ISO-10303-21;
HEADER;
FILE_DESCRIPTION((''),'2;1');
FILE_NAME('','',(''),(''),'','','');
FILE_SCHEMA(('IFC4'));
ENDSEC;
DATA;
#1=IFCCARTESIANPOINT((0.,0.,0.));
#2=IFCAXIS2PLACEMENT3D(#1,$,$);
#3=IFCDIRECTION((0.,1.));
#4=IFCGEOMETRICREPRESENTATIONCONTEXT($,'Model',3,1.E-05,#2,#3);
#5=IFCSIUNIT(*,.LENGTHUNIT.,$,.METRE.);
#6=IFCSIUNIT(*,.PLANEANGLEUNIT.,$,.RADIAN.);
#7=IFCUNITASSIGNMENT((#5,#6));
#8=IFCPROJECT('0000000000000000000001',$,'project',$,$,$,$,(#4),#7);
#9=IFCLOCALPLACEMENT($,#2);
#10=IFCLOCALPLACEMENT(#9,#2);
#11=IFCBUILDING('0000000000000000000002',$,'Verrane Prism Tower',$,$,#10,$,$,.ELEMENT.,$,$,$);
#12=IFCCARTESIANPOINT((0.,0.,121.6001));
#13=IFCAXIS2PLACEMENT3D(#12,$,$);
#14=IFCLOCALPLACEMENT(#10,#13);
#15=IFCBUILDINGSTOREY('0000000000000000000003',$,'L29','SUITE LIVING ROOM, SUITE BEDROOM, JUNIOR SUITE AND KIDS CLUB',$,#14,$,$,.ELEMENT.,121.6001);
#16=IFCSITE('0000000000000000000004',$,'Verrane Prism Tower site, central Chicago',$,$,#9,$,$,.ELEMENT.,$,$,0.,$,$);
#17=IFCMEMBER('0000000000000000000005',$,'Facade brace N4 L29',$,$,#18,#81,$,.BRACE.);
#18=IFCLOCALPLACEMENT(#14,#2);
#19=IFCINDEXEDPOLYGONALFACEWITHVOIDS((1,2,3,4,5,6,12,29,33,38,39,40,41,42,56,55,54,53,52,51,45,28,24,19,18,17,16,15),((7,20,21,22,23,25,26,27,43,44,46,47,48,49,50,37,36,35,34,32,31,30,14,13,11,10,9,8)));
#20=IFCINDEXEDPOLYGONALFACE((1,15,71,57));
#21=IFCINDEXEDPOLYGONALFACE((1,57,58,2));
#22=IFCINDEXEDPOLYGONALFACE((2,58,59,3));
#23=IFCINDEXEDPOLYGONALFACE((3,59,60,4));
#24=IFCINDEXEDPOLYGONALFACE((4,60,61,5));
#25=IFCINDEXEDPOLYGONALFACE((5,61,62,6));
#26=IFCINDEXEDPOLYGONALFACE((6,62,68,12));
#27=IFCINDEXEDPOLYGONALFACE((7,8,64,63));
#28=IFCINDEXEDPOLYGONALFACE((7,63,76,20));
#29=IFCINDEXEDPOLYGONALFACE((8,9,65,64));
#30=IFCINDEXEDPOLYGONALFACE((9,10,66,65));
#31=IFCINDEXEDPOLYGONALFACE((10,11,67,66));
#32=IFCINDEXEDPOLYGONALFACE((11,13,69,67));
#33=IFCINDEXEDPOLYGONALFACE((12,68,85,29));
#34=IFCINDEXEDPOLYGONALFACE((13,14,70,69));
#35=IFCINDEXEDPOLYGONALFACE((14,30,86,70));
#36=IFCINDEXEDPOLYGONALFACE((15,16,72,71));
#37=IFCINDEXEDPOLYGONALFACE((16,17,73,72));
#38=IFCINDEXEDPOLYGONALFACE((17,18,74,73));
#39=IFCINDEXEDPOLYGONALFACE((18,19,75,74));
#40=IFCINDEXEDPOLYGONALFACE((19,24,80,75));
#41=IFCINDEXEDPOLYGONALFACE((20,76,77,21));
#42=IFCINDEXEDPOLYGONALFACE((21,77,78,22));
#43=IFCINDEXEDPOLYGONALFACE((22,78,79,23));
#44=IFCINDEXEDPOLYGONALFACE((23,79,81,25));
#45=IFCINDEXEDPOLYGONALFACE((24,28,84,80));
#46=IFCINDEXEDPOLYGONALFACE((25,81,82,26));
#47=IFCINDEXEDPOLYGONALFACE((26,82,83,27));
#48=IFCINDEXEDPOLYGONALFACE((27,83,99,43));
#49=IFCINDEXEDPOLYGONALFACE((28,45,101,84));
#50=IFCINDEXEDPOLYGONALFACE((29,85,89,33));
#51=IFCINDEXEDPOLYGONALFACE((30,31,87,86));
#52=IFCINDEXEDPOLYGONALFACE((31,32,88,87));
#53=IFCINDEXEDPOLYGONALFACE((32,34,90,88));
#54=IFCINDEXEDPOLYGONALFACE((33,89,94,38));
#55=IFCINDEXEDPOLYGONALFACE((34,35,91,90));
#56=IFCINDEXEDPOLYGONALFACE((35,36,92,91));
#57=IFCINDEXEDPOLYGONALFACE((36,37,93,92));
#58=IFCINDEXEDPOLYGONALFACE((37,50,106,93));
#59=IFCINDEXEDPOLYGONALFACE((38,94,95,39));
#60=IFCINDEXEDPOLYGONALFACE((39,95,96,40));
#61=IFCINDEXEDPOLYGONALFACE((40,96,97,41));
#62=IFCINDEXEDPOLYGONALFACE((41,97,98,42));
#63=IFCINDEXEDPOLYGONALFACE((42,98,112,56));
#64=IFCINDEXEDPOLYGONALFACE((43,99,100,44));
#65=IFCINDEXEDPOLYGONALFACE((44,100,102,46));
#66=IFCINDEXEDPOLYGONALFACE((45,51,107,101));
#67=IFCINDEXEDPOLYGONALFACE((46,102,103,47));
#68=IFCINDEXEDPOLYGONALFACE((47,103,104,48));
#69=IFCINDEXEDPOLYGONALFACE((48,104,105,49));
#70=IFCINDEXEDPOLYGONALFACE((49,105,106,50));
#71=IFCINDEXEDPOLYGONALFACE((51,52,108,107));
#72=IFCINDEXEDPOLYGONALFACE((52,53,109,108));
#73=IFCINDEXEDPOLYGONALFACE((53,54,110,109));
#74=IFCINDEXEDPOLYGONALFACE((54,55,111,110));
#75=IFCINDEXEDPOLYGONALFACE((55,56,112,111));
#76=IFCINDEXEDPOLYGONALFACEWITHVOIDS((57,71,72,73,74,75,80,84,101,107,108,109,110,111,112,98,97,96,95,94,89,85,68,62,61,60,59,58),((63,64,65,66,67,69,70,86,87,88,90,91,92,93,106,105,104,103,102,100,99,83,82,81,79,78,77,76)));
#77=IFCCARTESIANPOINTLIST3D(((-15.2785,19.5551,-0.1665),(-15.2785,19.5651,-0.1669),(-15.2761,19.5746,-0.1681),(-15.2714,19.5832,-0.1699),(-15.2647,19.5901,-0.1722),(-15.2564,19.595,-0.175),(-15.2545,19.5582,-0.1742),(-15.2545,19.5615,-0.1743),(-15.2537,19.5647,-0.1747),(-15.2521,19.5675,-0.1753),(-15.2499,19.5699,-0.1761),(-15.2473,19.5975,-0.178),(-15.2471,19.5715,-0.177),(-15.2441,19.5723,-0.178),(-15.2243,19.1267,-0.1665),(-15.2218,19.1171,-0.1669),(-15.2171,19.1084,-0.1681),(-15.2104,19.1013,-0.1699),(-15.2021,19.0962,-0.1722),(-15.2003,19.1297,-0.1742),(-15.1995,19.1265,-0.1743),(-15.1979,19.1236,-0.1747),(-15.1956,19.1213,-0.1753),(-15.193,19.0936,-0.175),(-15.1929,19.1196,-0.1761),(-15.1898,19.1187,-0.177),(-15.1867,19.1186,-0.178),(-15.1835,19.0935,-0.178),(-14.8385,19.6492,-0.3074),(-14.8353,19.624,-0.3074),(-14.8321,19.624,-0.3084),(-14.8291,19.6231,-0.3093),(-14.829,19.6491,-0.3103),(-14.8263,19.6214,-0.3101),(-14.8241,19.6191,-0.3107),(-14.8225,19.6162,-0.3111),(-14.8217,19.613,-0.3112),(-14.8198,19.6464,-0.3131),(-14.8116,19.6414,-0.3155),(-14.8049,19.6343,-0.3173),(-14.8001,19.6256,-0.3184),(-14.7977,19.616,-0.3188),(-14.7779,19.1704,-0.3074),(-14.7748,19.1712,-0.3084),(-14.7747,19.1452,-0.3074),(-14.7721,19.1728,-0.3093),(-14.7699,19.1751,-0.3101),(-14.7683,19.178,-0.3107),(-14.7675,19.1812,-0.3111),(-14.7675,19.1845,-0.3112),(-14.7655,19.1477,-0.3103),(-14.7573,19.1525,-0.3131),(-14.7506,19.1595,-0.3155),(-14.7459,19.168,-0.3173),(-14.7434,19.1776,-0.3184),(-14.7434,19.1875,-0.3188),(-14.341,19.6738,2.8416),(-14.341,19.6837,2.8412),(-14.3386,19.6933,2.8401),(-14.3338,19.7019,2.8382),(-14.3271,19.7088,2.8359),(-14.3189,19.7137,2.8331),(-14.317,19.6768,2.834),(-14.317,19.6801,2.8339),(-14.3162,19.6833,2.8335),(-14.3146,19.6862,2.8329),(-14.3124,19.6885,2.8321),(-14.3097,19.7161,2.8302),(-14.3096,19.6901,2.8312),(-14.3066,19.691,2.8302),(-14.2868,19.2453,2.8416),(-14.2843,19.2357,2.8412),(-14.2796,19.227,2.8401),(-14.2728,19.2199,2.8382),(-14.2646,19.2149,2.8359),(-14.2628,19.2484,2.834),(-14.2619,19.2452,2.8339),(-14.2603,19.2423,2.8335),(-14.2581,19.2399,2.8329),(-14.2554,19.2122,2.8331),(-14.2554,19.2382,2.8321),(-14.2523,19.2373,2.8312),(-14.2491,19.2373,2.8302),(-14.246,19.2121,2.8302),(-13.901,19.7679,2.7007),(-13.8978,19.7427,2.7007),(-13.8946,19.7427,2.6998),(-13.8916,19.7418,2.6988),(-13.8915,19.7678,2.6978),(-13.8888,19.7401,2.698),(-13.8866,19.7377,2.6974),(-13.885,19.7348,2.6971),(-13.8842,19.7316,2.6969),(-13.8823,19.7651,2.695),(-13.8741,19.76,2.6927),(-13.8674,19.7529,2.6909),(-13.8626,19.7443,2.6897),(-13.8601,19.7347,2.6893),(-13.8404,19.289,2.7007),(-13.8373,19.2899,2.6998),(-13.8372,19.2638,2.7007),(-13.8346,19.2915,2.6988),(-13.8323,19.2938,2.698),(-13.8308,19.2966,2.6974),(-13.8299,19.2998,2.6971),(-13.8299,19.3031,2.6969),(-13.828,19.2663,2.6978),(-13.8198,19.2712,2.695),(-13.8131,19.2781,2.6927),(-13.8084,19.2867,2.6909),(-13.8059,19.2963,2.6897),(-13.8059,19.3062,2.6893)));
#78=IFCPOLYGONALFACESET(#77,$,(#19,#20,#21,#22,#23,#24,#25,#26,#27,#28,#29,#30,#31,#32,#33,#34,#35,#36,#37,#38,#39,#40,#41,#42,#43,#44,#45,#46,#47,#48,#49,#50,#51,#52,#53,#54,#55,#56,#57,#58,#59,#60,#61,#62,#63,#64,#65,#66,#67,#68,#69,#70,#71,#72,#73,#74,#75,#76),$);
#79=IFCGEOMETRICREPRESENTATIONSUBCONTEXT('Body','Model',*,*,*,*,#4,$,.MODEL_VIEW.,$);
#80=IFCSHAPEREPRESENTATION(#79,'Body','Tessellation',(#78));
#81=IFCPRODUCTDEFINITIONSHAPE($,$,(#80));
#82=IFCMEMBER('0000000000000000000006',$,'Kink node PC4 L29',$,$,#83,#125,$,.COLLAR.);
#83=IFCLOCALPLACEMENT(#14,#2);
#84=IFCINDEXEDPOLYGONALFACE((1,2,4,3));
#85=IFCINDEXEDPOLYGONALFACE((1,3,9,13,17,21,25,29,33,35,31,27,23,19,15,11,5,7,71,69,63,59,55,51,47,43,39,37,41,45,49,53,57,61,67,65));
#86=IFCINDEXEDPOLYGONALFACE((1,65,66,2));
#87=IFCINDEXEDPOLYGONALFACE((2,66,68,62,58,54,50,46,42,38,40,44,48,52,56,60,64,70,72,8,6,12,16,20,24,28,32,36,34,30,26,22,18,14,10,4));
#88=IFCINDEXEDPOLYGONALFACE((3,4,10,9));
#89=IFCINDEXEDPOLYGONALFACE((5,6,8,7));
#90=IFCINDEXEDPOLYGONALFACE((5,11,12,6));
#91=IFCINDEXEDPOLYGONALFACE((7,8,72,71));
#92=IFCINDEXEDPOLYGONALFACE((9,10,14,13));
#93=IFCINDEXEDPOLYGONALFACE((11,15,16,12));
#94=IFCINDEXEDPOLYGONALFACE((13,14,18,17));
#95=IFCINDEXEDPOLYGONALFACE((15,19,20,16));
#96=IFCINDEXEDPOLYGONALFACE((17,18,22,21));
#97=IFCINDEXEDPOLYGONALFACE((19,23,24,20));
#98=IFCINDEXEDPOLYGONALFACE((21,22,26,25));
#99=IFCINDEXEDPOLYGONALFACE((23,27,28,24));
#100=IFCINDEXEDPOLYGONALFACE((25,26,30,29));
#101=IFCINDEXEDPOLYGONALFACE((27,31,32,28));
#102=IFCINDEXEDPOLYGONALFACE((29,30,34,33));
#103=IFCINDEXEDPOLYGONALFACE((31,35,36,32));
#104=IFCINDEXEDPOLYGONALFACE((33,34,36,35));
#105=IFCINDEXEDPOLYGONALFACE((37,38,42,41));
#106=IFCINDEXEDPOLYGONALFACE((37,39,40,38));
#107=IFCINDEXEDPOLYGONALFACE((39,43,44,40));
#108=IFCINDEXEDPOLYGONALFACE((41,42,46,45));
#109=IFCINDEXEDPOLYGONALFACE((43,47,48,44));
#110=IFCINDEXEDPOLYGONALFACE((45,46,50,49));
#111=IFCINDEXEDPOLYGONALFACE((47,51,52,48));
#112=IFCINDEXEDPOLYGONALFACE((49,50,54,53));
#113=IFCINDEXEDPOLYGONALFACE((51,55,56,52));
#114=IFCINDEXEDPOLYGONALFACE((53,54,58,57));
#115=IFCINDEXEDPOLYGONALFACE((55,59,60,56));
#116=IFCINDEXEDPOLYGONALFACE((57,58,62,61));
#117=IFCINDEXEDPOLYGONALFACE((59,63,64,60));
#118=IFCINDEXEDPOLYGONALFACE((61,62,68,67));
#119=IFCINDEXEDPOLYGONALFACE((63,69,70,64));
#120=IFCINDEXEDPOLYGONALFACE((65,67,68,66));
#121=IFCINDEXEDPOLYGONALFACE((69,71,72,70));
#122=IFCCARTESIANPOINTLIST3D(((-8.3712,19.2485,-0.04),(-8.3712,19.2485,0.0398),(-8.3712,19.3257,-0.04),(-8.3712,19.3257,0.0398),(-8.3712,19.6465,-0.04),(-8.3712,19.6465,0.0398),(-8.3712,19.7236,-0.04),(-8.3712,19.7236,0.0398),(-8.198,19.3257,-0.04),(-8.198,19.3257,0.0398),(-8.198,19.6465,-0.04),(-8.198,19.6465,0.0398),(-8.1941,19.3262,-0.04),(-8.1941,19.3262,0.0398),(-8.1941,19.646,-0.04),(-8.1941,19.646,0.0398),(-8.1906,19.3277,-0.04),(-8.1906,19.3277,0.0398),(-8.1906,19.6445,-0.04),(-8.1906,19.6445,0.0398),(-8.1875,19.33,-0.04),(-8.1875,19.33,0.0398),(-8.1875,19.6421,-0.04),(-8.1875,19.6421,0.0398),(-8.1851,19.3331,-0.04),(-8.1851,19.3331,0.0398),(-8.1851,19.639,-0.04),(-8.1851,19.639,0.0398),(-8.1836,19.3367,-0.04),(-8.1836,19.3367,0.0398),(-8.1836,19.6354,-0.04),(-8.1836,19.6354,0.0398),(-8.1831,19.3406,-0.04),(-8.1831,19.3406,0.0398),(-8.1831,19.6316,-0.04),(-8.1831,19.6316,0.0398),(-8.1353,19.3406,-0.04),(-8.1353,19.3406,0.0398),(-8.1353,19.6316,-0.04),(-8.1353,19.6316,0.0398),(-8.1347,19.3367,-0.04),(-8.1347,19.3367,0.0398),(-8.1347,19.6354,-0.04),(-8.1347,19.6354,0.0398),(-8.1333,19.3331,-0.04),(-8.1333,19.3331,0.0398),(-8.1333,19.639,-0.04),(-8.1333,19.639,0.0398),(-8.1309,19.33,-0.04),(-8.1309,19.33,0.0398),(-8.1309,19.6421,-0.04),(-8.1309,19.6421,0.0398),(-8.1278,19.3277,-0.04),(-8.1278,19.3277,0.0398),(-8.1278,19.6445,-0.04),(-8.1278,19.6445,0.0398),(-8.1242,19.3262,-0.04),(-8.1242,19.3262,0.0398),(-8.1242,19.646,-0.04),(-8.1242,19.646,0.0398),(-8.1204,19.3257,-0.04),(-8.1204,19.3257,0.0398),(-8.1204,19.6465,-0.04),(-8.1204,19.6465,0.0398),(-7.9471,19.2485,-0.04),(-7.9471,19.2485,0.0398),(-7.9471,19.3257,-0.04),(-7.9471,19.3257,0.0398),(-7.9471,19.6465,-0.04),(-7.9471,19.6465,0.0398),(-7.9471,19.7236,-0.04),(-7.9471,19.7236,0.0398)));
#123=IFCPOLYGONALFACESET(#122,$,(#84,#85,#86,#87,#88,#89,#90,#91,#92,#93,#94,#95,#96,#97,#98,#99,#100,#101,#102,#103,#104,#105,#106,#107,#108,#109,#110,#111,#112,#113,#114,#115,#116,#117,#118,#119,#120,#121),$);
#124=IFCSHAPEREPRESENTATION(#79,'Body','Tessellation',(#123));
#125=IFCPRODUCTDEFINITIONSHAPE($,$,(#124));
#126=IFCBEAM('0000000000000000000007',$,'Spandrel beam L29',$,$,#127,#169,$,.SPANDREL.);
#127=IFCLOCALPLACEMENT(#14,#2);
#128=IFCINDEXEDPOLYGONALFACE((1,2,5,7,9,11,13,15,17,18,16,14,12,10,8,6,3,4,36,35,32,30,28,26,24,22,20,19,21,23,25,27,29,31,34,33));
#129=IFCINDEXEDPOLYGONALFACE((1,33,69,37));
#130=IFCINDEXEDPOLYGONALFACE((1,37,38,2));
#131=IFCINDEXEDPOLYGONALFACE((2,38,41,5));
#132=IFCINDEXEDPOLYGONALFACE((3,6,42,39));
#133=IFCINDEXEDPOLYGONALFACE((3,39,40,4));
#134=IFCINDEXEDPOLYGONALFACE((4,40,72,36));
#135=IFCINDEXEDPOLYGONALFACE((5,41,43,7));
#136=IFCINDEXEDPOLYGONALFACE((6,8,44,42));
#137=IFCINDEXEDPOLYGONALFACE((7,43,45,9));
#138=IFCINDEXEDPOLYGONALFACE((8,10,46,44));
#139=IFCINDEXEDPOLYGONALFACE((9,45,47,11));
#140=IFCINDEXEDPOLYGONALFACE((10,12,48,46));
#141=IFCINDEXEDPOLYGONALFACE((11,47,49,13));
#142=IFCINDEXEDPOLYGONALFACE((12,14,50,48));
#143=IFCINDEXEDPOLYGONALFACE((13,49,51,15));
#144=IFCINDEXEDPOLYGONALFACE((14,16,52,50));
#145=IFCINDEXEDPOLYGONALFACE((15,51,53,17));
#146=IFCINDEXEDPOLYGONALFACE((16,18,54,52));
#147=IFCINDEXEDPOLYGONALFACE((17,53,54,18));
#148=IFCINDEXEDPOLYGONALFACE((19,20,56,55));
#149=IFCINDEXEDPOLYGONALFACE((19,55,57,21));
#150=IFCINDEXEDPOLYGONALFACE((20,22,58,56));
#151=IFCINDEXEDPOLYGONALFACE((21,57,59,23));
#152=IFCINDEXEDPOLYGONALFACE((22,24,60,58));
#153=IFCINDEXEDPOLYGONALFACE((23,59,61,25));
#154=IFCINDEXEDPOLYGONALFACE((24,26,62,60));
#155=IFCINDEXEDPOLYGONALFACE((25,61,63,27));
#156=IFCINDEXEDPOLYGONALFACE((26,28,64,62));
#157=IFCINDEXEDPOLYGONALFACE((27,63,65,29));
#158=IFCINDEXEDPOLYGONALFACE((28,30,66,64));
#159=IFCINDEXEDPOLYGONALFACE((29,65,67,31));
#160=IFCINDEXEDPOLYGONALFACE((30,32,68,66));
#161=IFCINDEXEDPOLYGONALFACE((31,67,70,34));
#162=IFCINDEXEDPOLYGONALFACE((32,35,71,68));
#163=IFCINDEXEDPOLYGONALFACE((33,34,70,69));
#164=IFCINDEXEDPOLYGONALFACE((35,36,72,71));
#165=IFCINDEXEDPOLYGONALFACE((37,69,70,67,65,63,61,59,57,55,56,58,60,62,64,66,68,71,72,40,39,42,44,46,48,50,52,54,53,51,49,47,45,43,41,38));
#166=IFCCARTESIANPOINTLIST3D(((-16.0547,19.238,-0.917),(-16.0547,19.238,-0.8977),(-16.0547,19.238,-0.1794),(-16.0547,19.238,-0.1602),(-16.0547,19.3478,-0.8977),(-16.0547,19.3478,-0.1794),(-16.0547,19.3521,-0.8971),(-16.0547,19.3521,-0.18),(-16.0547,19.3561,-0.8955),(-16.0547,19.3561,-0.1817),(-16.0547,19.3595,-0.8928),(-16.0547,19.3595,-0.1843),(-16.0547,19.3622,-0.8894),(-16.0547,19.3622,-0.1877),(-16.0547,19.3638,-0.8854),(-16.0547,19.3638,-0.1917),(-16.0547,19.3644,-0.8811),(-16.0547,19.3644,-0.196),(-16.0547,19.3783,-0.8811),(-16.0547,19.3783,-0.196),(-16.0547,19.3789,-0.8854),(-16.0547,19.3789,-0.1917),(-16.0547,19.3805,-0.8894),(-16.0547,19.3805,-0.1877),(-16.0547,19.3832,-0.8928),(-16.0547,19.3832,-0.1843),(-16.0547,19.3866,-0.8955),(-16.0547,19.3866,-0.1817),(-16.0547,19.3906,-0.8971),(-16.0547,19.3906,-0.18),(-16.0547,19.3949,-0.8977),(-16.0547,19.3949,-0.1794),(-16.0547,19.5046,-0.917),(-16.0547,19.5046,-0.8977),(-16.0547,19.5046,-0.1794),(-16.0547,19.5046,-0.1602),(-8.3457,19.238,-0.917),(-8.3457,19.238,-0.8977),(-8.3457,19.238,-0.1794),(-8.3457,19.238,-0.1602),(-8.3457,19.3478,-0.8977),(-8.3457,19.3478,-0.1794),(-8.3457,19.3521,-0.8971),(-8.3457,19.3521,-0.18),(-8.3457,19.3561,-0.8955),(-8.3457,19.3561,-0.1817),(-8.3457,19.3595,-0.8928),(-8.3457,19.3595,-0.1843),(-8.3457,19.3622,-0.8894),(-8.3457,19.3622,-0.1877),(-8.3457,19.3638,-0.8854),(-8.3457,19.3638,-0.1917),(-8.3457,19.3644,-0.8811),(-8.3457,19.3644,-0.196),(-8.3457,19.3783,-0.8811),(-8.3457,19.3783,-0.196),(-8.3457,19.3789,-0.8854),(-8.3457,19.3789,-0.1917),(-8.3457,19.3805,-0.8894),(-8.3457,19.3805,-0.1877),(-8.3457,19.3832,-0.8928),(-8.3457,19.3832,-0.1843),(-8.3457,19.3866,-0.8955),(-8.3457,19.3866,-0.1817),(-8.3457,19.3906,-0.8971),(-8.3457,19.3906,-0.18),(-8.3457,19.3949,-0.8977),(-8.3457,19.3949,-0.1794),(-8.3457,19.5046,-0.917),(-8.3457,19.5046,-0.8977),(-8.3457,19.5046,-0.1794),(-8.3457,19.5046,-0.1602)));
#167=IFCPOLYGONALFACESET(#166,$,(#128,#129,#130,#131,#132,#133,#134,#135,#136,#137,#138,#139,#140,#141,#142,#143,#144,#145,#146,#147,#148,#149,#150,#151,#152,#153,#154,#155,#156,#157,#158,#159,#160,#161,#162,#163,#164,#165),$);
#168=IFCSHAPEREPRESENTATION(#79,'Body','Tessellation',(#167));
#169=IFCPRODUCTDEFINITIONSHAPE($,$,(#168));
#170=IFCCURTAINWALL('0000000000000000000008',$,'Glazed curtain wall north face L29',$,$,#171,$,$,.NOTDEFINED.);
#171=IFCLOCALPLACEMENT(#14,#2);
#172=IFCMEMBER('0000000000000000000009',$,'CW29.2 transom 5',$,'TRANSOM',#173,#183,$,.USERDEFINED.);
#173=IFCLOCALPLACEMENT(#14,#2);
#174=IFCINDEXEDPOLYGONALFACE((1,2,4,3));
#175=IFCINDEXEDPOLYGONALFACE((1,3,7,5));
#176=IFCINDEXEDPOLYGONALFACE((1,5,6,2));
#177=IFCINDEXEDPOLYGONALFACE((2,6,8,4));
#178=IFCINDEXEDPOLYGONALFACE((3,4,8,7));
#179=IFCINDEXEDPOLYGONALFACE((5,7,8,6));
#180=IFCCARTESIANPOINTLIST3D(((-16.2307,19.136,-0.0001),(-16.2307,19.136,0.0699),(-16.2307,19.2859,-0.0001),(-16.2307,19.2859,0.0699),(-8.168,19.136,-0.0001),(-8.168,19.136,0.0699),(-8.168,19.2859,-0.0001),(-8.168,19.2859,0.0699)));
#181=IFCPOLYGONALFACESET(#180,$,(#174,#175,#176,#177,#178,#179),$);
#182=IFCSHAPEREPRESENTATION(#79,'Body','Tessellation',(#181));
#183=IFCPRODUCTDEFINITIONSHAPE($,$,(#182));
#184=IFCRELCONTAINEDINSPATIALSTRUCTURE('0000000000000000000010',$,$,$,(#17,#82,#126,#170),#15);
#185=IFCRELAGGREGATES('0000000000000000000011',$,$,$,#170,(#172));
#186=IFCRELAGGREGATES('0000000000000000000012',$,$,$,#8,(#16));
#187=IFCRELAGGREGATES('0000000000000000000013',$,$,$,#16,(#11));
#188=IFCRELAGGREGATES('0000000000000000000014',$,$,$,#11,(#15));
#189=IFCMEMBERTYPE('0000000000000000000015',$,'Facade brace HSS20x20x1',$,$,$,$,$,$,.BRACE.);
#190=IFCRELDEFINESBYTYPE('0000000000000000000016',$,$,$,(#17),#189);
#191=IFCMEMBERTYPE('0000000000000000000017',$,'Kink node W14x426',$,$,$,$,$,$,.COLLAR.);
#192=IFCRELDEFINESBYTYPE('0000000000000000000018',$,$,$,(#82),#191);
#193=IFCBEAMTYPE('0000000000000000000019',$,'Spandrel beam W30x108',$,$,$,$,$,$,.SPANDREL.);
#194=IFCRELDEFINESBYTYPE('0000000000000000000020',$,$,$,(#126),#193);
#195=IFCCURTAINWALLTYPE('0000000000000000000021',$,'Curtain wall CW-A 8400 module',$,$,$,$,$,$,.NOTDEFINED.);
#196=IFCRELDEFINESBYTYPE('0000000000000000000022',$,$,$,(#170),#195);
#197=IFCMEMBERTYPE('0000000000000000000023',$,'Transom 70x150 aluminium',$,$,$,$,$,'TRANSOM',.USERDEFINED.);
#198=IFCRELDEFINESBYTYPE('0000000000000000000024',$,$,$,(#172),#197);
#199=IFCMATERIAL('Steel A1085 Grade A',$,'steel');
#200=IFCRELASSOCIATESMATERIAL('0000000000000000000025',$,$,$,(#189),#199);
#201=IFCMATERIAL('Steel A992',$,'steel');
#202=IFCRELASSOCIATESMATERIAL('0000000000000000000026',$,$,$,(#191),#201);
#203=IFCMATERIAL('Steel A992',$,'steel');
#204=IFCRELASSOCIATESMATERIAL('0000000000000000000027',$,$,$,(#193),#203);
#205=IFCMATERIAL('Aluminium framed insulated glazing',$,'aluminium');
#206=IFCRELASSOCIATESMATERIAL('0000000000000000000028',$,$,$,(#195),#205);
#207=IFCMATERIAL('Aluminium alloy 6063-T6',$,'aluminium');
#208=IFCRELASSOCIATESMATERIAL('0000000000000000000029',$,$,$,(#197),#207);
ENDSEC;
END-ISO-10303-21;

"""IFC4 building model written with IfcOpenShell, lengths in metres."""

from ifc_helpers import new_model, si_unit, direction, frame, origin, origin_2d, place, context, subcontext, project, spatial, rectangle, hollow_rectangle, i_section, extrude, material, material_profile, profile_set, type_object, element, aggregate, save


model = new_model("IFC4")

# Units and contexts
model_context = context("Model", 3, precision=1e-05, world=origin(), true_north=direction((0.0, 1.0)))
body_context = subcontext(model_context, "Body", "Model", "MODEL_VIEW")
ifc_project = project(units=[si_unit("LENGTHUNIT", "METRE"), si_unit("PLANEANGLEUNIT", "RADIAN")], contexts=[model_context])

# Site, building, storey
site_placement = place(None, origin())
site = spatial("IfcSite", under=ifc_project, at=site_placement, Name="Verrane Prism Tower site, central Chicago", CompositionType="ELEMENT", RefElevation=0.0)
building_placement = place(site_placement, origin())
building = spatial("IfcBuilding", under=site, at=building_placement, Name="Verrane Prism Tower", CompositionType="ELEMENT")
storey_placement = place(building_placement, frame((0.0, 0.0, 121.6001)))
storey = spatial("IfcBuildingStorey", under=building, at=storey_placement, Name="L29", Description="SUITE LIVING ROOM, SUITE BEDROOM, JUNIOR SUITE AND KIDS CLUB", CompositionType="ELEMENT", Elevation=121.6001)

# Members
ifc_material_1 = material(Name="Steel A1085 Grade A", Category="steel")
ifc_material_profile_1 = material_profile(ifc_material_1, hollow_rectangle(XDim=0.5081, YDim=0.5081, WallThickness=0.0254, InnerFilletRadius=0.0127, OuterFilletRadius=0.0381, at=origin_2d()), Name="HSS20x20x1")
ifc_profile_set_1 = profile_set([ifc_material_profile_1], Name="Steel A1085 Grade A")
member_type_1 = type_object("IfcMemberType", Name="Facade brace HSS20x20x1", PredefinedType="BRACE", material=ifc_profile_set_1)
member_1_placement = place(storey_placement, frame((-15.011, 19.3713, -0.2427), z_axis=(0.297336, 0.037632, 0.954031), x_axis=(-0.125561, 0.992086, 0.0)))
element("IfcMember", 1, at=member_1_placement, inside=storey, type_object=member_type_1, Name="Facade brace N4 L29", PredefinedType="BRACE", context=body_context, shape_type="SweptSolid", body=[
    extrude(hollow_rectangle(XDim=0.5081, YDim=0.5081, WallThickness=0.0254, InnerFilletRadius=0.0127, OuterFilletRadius=0.0381, at=origin_2d()), origin(), (0.0, 0.0, 1.0), 3.1531),
])
ifc_material_2 = material(Name="Steel A992", Category="steel")
ifc_material_profile_2 = material_profile(ifc_material_2, i_section(OverallWidth=0.4241, OverallDepth=0.4751, WebThickness=0.0479, FlangeThickness=0.0771, FilletRadius=0.0149, at=origin_2d()), Name="W14x426")
ifc_profile_set_2 = profile_set([ifc_material_profile_2], Name="Steel A992")
member_type_2 = type_object("IfcMemberType", Name="Kink node W14x426", PredefinedType="COLLAR", material=ifc_profile_set_2)
member_2_placement = place(storey_placement, frame((-8.1592, 19.4861, -0.04), z_axis=(0.0, 0.0, 1.0), x_axis=(1.0, 0.0, 0.0)))
element("IfcMember", 2, at=member_2_placement, inside=storey, type_object=member_type_2, Name="Kink node PC4 L29", PredefinedType="COLLAR", context=body_context, shape_type="SweptSolid", body=[
    extrude(i_section(OverallWidth=0.4241, OverallDepth=0.4751, WebThickness=0.0479, FlangeThickness=0.0771, FilletRadius=0.0149, at=origin_2d()), origin(), (0.0, 0.0, 1.0), 0.0798),
])

# Beam
ifc_material_3 = material(Name="Steel A992", Category="steel")
ifc_material_profile_3 = material_profile(ifc_material_3, i_section(OverallWidth=0.2666, OverallDepth=0.7568, WebThickness=0.0139, FlangeThickness=0.0193, FilletRadius=0.0166, at=origin_2d()), Name="W30x108")
ifc_profile_set_3 = profile_set([ifc_material_profile_3], Name="Steel A992")
beam_type_1 = type_object("IfcBeamType", Name="Spandrel beam W30x108", PredefinedType="SPANDREL", material=ifc_profile_set_3)
beam_1_placement = place(storey_placement, frame((-8.3457, 19.3713, -0.5386), z_axis=(-1.0, 0.0, 0.0), x_axis=(0.0, -1.0, 0.0)))
element("IfcBeam", 3, at=beam_1_placement, inside=storey, type_object=beam_type_1, Name="Spandrel beam L29", PredefinedType="SPANDREL", context=body_context, shape_type="SweptSolid", body=[
    extrude(i_section(OverallWidth=0.2666, OverallDepth=0.7568, WebThickness=0.0139, FlangeThickness=0.0193, FilletRadius=0.0166, at=origin_2d()), origin(), (0.0, 0.0, 1.0), 7.709),
])

# Curtain wall, member
ifc_material_4 = material(Name="Aluminium framed insulated glazing", Category="aluminium")
curtain_wall_type = type_object("IfcCurtainWallType", Name="Curtain wall CW-A 8400 module", PredefinedType="NOTDEFINED", material=ifc_material_4)
curtain_wall_placement = place(storey_placement, origin())
curtain_wall = element("IfcCurtainWall", 4, at=curtain_wall_placement, inside=storey, type_object=curtain_wall_type, Name="Glazed curtain wall north face L29", PredefinedType="NOTDEFINED")
ifc_material_5 = material(Name="Aluminium alloy 6063-T6", Category="aluminium")
ifc_material_profile_4 = material_profile(ifc_material_5, rectangle(XDim=0.1499, YDim=0.0701, at=origin_2d()), Name="Transom 70x150 aluminium")
ifc_profile_set_4 = profile_set([ifc_material_profile_4], Name="Aluminium alloy 6063-T6")
member_type_3 = type_object("IfcMemberType", Name="Transom 70x150 aluminium", ElementType="TRANSOM", PredefinedType="USERDEFINED", material=ifc_profile_set_4)
member_3_placement = place(storey_placement, frame((-8.168, 19.2109, 0.0349), z_axis=(-1.0, 0.0, 0.0), x_axis=(0.0, -1.0, 0.0)))
member_3 = element("IfcMember", 5, at=member_3_placement, type_object=member_type_3, Name="CW29.2 transom 5", ObjectType="TRANSOM", PredefinedType="USERDEFINED", context=body_context, shape_type="SweptSolid", body=[
    extrude(rectangle(XDim=0.1499, YDim=0.0701, at=origin_2d()), origin(), (0.0, 0.0, 1.0), 8.0627),
])
aggregate(curtain_wall, [member_3])

save(model, "model.ifc")
